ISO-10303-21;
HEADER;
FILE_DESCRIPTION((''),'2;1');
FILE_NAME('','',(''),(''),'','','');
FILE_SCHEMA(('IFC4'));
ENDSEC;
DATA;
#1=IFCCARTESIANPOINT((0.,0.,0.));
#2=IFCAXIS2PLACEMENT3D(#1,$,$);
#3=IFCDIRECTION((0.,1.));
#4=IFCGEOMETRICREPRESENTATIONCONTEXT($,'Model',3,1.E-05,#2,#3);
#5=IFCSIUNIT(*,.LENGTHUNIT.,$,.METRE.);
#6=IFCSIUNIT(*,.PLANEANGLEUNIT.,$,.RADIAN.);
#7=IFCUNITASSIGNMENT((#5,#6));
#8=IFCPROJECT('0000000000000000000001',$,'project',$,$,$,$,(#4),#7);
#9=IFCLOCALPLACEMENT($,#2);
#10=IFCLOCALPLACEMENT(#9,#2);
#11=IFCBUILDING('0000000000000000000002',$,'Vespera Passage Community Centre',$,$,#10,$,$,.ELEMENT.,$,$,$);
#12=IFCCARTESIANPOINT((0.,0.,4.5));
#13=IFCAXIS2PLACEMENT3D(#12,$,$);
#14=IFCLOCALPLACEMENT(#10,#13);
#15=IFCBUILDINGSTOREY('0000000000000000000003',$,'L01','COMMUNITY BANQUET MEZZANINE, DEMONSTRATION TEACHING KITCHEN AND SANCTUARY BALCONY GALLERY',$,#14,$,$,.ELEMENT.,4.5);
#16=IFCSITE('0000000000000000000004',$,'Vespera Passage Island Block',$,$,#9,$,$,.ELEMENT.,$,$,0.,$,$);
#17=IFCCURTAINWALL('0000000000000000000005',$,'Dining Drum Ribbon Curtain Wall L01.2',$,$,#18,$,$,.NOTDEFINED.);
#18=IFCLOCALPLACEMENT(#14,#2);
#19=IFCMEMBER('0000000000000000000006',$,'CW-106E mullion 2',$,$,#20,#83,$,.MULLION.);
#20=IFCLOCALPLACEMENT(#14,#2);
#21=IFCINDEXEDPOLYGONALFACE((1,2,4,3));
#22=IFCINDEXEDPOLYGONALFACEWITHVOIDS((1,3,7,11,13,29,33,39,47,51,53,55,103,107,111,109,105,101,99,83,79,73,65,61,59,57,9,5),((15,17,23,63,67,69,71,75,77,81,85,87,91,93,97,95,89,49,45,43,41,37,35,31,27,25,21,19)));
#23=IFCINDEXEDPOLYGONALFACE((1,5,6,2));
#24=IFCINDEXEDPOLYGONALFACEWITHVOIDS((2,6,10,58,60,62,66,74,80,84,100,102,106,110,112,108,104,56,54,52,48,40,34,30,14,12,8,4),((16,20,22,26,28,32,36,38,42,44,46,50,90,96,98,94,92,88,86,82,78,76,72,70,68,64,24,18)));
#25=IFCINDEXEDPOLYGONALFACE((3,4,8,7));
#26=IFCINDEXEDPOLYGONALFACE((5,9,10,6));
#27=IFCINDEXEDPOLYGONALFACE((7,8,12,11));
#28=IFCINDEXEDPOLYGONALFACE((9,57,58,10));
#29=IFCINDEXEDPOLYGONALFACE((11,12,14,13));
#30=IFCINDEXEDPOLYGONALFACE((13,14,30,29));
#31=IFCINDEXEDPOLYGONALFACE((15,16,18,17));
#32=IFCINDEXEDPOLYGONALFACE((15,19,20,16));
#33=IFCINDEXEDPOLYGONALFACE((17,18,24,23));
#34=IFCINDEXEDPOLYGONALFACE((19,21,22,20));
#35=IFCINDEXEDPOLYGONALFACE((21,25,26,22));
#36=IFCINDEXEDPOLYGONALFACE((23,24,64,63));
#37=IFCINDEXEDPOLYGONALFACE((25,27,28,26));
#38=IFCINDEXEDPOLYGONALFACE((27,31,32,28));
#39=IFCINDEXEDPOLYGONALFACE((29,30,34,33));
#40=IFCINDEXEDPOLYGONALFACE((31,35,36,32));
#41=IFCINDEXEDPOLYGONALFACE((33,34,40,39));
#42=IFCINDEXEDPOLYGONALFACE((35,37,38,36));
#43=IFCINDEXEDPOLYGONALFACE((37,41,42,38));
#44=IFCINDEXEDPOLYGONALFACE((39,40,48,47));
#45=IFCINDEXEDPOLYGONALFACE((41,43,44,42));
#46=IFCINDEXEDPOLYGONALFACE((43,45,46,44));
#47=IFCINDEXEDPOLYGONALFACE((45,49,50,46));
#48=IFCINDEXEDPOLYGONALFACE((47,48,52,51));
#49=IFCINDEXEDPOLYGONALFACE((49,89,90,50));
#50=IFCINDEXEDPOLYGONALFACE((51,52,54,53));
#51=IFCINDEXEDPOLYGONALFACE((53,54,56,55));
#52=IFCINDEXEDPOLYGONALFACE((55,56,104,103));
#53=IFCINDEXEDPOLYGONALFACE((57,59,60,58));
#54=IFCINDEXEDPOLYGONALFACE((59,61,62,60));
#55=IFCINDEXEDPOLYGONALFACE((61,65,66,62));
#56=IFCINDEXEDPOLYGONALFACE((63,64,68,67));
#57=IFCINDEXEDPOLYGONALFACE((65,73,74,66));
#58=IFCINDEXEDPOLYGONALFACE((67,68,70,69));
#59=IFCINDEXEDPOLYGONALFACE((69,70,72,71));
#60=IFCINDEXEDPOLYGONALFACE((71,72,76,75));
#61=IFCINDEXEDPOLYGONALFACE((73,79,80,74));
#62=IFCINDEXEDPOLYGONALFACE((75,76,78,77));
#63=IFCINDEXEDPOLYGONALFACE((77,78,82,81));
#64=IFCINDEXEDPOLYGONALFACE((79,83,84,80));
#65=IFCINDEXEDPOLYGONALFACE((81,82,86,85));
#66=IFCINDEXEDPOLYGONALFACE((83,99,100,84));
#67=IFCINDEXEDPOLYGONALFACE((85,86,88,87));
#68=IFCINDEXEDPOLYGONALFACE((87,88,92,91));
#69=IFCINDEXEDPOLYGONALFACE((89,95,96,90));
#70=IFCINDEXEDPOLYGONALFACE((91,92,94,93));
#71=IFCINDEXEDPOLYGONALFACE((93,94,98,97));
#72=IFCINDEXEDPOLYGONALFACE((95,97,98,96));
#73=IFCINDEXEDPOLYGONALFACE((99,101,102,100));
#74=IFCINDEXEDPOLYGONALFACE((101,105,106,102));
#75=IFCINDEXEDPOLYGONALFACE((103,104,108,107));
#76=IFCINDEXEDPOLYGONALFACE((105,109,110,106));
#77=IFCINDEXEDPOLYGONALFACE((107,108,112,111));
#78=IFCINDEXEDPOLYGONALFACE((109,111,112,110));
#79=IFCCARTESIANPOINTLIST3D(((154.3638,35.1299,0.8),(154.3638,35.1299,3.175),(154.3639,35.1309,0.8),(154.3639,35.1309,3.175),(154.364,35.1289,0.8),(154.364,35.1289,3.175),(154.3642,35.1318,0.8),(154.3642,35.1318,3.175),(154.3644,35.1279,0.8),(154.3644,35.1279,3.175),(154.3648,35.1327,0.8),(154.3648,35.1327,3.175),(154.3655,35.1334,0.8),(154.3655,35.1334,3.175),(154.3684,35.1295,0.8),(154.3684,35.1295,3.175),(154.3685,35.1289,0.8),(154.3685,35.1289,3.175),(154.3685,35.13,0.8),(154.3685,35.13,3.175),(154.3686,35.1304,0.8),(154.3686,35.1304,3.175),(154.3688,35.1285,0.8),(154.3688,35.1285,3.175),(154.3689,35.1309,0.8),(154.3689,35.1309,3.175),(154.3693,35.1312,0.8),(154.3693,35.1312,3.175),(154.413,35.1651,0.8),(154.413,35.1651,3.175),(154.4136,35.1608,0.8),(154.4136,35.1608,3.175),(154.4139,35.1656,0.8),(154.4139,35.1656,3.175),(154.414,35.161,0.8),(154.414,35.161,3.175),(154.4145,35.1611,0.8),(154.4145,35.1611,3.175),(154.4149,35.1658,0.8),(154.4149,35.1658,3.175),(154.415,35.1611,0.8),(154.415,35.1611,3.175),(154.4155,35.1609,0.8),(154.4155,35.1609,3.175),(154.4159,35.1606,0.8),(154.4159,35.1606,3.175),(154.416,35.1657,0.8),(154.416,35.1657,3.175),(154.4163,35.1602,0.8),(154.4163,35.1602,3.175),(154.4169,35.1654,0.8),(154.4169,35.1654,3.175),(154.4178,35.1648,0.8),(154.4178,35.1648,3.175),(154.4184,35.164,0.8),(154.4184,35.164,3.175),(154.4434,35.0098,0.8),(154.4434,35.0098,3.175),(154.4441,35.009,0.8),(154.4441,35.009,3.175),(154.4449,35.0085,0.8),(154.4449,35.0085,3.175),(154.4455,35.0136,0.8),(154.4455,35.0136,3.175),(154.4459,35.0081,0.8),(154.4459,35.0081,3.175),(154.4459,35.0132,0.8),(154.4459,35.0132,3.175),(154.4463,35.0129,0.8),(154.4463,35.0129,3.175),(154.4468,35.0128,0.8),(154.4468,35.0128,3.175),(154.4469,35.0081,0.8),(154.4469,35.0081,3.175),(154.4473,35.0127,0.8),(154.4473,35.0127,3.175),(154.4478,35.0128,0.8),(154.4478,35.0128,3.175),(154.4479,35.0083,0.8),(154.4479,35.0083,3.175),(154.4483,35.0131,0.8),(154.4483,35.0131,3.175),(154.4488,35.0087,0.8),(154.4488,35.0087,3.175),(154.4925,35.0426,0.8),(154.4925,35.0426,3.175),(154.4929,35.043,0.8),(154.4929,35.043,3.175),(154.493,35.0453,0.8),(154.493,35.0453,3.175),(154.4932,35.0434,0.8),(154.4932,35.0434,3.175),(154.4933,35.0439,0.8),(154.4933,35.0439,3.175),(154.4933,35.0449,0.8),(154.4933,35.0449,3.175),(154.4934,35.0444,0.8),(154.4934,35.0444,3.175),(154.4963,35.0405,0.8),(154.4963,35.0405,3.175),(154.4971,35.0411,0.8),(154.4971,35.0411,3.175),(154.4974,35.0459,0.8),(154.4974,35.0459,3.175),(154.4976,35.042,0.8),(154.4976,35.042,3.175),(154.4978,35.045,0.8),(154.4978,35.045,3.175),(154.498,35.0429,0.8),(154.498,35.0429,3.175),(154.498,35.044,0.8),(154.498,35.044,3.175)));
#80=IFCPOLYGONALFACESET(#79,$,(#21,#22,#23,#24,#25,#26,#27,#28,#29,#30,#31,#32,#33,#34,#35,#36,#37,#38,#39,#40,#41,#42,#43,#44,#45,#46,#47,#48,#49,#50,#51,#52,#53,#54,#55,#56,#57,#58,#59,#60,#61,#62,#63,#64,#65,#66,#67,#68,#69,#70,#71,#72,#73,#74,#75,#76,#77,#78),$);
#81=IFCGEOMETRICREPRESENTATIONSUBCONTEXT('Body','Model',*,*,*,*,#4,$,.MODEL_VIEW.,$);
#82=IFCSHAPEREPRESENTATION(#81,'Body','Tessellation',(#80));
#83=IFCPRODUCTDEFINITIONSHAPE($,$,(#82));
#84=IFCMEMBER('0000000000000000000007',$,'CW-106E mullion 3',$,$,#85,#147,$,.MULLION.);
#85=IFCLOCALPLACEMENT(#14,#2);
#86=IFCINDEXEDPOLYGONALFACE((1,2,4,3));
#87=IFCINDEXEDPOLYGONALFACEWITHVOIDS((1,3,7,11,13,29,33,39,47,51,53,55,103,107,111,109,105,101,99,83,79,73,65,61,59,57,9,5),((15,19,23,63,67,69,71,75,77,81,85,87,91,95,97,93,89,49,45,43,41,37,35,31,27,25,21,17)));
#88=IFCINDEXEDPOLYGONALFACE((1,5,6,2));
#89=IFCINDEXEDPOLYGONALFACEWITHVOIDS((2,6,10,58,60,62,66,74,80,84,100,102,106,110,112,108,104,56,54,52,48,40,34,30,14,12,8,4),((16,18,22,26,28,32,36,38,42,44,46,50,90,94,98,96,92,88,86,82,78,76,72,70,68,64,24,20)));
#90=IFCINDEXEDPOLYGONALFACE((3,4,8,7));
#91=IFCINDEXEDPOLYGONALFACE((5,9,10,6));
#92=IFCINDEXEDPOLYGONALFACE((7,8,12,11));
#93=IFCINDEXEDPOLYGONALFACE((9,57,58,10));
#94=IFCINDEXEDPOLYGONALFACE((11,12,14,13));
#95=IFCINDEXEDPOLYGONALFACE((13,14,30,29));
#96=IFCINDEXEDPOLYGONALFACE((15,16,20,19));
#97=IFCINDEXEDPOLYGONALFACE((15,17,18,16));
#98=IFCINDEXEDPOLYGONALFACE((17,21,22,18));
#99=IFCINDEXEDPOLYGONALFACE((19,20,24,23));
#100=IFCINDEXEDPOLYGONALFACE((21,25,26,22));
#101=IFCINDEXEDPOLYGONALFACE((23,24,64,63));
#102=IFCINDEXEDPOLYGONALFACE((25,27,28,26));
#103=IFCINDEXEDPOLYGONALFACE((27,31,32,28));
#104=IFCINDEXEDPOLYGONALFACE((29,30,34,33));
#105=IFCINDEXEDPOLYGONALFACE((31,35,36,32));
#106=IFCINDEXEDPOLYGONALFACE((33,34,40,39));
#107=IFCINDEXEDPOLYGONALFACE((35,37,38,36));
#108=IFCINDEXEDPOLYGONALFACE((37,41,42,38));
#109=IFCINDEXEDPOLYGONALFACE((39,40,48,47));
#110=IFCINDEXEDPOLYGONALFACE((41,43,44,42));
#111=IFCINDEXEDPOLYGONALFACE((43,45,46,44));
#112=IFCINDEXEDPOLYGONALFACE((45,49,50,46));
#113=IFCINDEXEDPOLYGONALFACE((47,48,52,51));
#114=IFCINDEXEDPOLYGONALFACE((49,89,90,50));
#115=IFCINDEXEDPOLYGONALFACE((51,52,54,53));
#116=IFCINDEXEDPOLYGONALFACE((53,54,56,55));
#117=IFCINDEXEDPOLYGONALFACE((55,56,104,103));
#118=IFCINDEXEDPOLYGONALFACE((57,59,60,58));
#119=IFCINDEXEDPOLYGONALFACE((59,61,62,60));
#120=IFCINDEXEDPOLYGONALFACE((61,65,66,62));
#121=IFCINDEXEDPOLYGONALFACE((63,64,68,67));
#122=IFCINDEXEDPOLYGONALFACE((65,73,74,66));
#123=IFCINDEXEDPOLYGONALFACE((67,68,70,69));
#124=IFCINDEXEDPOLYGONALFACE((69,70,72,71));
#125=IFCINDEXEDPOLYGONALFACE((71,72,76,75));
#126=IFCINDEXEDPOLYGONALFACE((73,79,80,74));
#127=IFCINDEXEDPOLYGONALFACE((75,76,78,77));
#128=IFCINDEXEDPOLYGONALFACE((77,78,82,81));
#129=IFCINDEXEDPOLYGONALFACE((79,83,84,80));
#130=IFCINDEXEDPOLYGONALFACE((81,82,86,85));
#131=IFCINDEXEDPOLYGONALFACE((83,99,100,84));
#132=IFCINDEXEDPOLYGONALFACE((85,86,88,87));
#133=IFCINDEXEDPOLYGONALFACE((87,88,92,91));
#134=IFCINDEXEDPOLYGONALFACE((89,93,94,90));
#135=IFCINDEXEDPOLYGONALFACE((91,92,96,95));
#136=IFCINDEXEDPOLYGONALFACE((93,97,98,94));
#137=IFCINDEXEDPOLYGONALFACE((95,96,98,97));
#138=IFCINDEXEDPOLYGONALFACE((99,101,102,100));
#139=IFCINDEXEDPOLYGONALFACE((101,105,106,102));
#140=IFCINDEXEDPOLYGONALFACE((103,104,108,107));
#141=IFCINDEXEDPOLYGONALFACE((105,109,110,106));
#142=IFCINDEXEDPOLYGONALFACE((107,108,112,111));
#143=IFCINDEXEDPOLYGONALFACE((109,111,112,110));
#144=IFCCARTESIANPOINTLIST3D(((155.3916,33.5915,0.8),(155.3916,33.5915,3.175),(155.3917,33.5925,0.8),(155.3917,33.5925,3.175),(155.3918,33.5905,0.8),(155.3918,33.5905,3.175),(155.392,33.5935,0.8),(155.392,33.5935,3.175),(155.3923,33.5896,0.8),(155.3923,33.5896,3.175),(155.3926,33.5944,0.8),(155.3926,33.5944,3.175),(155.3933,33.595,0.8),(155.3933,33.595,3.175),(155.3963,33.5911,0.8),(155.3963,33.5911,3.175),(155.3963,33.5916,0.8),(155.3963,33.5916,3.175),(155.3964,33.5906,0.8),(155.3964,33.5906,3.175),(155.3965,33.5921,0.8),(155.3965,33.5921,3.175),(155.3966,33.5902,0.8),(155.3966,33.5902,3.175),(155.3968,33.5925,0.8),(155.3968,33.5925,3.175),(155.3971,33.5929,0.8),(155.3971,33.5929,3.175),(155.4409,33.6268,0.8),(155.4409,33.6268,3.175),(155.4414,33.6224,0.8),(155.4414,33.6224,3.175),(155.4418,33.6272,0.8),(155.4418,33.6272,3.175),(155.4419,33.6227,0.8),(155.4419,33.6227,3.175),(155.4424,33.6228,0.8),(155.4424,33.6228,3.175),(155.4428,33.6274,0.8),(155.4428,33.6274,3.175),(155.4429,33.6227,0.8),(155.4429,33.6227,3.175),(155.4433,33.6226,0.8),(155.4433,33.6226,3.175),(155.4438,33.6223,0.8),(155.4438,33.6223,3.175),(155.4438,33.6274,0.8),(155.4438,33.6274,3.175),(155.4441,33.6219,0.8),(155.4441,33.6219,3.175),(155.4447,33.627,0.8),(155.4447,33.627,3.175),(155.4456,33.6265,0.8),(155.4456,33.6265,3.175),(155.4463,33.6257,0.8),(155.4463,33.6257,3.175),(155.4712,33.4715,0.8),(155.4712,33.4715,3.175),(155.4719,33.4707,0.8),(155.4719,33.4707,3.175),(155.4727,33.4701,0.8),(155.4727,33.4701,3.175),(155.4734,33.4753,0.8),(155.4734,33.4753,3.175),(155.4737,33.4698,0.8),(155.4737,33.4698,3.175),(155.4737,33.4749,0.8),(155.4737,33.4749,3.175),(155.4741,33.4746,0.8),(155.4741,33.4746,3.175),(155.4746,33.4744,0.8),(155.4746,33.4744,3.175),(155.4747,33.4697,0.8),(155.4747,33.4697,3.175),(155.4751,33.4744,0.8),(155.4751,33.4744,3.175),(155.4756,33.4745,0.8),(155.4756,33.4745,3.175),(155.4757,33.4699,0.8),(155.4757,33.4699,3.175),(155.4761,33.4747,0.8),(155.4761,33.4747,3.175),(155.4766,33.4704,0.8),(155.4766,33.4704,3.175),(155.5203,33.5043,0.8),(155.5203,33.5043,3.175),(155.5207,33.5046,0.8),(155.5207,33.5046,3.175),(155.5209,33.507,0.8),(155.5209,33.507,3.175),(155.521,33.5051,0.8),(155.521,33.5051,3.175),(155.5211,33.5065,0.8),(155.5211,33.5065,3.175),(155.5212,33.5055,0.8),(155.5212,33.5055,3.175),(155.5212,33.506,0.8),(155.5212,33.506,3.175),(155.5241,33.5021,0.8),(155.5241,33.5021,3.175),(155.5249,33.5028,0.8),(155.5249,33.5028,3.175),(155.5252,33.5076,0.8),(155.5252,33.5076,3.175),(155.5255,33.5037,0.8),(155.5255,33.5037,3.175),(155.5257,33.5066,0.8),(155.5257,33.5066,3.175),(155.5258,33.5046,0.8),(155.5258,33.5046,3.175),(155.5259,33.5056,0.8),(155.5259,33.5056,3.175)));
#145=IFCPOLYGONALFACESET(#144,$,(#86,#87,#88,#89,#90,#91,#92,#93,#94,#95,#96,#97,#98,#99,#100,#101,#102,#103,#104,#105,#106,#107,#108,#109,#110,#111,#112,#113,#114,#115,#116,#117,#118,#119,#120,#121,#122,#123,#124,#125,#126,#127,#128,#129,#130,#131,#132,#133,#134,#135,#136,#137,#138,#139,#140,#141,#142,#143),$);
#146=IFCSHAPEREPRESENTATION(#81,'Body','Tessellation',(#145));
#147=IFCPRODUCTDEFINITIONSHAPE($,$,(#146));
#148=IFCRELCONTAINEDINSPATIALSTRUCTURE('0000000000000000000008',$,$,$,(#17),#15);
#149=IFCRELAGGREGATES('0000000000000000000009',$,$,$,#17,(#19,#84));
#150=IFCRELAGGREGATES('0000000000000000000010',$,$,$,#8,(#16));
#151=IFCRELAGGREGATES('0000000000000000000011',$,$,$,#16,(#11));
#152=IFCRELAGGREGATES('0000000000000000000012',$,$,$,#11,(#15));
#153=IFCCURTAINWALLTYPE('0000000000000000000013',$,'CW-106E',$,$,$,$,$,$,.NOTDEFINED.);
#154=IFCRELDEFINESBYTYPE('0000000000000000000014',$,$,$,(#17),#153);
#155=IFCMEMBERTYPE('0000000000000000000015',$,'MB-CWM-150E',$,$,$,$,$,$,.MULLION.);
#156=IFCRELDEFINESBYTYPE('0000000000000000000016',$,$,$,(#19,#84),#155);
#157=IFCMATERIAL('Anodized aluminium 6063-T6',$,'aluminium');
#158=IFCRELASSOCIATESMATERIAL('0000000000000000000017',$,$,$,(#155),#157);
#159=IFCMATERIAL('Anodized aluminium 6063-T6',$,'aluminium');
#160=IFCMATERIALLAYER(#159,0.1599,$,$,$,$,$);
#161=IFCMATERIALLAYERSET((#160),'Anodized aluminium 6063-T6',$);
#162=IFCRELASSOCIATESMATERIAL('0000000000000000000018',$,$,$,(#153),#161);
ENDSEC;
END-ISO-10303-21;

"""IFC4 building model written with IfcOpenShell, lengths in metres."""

from ifc_helpers import new_model, si_unit, direction, frame, origin, origin_2d, place, context, subcontext, project, spatial, hollow_rectangle, extrude, material, layer, layer_set, material_profile, profile_set, type_object, element, aggregate, save


model = new_model("IFC4")

# Units and contexts
model_context = context("Model", 3, precision=1e-05, world=origin(), true_north=direction((0.0, 1.0)))
body_context = subcontext(model_context, "Body", "Model", "MODEL_VIEW")
ifc_project = project(units=[si_unit("LENGTHUNIT", "METRE"), si_unit("PLANEANGLEUNIT", "RADIAN")], contexts=[model_context])

# Site, building, storey
site_placement = place(None, origin())
site = spatial("IfcSite", under=ifc_project, at=site_placement, Name="Vespera Passage Island Block", CompositionType="ELEMENT", RefElevation=0.0)
building_placement = place(site_placement, origin())
building = spatial("IfcBuilding", under=site, at=building_placement, Name="Vespera Passage Community Centre", CompositionType="ELEMENT")
storey_placement = place(building_placement, frame((0.0, 0.0, 4.5)))
storey = spatial("IfcBuildingStorey", under=building, at=storey_placement, Name="L01", Description="COMMUNITY BANQUET MEZZANINE, DEMONSTRATION TEACHING KITCHEN AND SANCTUARY BALCONY GALLERY", CompositionType="ELEMENT", Elevation=4.5)

# Shared definitions
ifc_material_1 = material(Name="Anodized aluminium 6063-T6", Category="aluminium")
ifc_material_profile_1 = material_profile(ifc_material_1, hollow_rectangle(XDim=0.0649, YDim=0.1499, WallThickness=0.0039, InnerFilletRadius=0.002, OuterFilletRadius=0.0039, at=origin_2d()), Name="ALU150X65X4")
ifc_profile_set_1 = profile_set([ifc_material_profile_1], Name="Anodized aluminium 6063-T6")
member_type_1 = type_object("IfcMemberType", Name="MB-CWM-150E", PredefinedType="MULLION", material=ifc_profile_set_1)

# Curtain wall, members
ifc_material_2 = material(Name="Anodized aluminium 6063-T6", Category="aluminium")
ifc_layer_1 = layer(ifc_material_2, 0.1599)
ifc_layer_set_1 = layer_set([ifc_layer_1], Name="Anodized aluminium 6063-T6")
curtain_wall_type_1 = type_object("IfcCurtainWallType", Name="CW-106E", PredefinedType="NOTDEFINED", material=ifc_layer_set_1)
curtain_wall_1_placement = place(storey_placement, origin())
curtain_wall_1 = element("IfcCurtainWall", 1, at=curtain_wall_1_placement, inside=storey, type_object=curtain_wall_type_1, Name="Dining Drum Ribbon Curtain Wall L01.2", PredefinedType="NOTDEFINED")
member_1_placement = place(storey_placement, frame((154.4309, 35.0869, 0.8), z_axis=(0.0, 0.0, 1.0), x_axis=(0.831473, 0.555565, 0.0)))
member_1 = element("IfcMember", 2, at=member_1_placement, type_object=member_type_1, Name="CW-106E mullion 2", PredefinedType="MULLION", context=body_context, shape_type="SweptSolid", body=[
    extrude(hollow_rectangle(XDim=0.0649, YDim=0.1499, WallThickness=0.0039, InnerFilletRadius=0.002, OuterFilletRadius=0.0039, at=origin_2d()), origin(), (0.0, 0.0, 1.0), 2.375),
])
member_2_placement = place(storey_placement, frame((155.4587, 33.5486, 0.8), z_axis=(0.0, 0.0, 1.0), x_axis=(0.831473, 0.555565, 0.0)))
member_2 = element("IfcMember", 3, at=member_2_placement, type_object=member_type_1, Name="CW-106E mullion 3", PredefinedType="MULLION", context=body_context, shape_type="SweptSolid", body=[
    extrude(hollow_rectangle(XDim=0.0649, YDim=0.1499, WallThickness=0.0039, InnerFilletRadius=0.002, OuterFilletRadius=0.0039, at=origin_2d()), origin(), (0.0, 0.0, 1.0), 2.375),
])

aggregate(curtain_wall_1, [member_1, member_2])

save(model, "model.ifc")
